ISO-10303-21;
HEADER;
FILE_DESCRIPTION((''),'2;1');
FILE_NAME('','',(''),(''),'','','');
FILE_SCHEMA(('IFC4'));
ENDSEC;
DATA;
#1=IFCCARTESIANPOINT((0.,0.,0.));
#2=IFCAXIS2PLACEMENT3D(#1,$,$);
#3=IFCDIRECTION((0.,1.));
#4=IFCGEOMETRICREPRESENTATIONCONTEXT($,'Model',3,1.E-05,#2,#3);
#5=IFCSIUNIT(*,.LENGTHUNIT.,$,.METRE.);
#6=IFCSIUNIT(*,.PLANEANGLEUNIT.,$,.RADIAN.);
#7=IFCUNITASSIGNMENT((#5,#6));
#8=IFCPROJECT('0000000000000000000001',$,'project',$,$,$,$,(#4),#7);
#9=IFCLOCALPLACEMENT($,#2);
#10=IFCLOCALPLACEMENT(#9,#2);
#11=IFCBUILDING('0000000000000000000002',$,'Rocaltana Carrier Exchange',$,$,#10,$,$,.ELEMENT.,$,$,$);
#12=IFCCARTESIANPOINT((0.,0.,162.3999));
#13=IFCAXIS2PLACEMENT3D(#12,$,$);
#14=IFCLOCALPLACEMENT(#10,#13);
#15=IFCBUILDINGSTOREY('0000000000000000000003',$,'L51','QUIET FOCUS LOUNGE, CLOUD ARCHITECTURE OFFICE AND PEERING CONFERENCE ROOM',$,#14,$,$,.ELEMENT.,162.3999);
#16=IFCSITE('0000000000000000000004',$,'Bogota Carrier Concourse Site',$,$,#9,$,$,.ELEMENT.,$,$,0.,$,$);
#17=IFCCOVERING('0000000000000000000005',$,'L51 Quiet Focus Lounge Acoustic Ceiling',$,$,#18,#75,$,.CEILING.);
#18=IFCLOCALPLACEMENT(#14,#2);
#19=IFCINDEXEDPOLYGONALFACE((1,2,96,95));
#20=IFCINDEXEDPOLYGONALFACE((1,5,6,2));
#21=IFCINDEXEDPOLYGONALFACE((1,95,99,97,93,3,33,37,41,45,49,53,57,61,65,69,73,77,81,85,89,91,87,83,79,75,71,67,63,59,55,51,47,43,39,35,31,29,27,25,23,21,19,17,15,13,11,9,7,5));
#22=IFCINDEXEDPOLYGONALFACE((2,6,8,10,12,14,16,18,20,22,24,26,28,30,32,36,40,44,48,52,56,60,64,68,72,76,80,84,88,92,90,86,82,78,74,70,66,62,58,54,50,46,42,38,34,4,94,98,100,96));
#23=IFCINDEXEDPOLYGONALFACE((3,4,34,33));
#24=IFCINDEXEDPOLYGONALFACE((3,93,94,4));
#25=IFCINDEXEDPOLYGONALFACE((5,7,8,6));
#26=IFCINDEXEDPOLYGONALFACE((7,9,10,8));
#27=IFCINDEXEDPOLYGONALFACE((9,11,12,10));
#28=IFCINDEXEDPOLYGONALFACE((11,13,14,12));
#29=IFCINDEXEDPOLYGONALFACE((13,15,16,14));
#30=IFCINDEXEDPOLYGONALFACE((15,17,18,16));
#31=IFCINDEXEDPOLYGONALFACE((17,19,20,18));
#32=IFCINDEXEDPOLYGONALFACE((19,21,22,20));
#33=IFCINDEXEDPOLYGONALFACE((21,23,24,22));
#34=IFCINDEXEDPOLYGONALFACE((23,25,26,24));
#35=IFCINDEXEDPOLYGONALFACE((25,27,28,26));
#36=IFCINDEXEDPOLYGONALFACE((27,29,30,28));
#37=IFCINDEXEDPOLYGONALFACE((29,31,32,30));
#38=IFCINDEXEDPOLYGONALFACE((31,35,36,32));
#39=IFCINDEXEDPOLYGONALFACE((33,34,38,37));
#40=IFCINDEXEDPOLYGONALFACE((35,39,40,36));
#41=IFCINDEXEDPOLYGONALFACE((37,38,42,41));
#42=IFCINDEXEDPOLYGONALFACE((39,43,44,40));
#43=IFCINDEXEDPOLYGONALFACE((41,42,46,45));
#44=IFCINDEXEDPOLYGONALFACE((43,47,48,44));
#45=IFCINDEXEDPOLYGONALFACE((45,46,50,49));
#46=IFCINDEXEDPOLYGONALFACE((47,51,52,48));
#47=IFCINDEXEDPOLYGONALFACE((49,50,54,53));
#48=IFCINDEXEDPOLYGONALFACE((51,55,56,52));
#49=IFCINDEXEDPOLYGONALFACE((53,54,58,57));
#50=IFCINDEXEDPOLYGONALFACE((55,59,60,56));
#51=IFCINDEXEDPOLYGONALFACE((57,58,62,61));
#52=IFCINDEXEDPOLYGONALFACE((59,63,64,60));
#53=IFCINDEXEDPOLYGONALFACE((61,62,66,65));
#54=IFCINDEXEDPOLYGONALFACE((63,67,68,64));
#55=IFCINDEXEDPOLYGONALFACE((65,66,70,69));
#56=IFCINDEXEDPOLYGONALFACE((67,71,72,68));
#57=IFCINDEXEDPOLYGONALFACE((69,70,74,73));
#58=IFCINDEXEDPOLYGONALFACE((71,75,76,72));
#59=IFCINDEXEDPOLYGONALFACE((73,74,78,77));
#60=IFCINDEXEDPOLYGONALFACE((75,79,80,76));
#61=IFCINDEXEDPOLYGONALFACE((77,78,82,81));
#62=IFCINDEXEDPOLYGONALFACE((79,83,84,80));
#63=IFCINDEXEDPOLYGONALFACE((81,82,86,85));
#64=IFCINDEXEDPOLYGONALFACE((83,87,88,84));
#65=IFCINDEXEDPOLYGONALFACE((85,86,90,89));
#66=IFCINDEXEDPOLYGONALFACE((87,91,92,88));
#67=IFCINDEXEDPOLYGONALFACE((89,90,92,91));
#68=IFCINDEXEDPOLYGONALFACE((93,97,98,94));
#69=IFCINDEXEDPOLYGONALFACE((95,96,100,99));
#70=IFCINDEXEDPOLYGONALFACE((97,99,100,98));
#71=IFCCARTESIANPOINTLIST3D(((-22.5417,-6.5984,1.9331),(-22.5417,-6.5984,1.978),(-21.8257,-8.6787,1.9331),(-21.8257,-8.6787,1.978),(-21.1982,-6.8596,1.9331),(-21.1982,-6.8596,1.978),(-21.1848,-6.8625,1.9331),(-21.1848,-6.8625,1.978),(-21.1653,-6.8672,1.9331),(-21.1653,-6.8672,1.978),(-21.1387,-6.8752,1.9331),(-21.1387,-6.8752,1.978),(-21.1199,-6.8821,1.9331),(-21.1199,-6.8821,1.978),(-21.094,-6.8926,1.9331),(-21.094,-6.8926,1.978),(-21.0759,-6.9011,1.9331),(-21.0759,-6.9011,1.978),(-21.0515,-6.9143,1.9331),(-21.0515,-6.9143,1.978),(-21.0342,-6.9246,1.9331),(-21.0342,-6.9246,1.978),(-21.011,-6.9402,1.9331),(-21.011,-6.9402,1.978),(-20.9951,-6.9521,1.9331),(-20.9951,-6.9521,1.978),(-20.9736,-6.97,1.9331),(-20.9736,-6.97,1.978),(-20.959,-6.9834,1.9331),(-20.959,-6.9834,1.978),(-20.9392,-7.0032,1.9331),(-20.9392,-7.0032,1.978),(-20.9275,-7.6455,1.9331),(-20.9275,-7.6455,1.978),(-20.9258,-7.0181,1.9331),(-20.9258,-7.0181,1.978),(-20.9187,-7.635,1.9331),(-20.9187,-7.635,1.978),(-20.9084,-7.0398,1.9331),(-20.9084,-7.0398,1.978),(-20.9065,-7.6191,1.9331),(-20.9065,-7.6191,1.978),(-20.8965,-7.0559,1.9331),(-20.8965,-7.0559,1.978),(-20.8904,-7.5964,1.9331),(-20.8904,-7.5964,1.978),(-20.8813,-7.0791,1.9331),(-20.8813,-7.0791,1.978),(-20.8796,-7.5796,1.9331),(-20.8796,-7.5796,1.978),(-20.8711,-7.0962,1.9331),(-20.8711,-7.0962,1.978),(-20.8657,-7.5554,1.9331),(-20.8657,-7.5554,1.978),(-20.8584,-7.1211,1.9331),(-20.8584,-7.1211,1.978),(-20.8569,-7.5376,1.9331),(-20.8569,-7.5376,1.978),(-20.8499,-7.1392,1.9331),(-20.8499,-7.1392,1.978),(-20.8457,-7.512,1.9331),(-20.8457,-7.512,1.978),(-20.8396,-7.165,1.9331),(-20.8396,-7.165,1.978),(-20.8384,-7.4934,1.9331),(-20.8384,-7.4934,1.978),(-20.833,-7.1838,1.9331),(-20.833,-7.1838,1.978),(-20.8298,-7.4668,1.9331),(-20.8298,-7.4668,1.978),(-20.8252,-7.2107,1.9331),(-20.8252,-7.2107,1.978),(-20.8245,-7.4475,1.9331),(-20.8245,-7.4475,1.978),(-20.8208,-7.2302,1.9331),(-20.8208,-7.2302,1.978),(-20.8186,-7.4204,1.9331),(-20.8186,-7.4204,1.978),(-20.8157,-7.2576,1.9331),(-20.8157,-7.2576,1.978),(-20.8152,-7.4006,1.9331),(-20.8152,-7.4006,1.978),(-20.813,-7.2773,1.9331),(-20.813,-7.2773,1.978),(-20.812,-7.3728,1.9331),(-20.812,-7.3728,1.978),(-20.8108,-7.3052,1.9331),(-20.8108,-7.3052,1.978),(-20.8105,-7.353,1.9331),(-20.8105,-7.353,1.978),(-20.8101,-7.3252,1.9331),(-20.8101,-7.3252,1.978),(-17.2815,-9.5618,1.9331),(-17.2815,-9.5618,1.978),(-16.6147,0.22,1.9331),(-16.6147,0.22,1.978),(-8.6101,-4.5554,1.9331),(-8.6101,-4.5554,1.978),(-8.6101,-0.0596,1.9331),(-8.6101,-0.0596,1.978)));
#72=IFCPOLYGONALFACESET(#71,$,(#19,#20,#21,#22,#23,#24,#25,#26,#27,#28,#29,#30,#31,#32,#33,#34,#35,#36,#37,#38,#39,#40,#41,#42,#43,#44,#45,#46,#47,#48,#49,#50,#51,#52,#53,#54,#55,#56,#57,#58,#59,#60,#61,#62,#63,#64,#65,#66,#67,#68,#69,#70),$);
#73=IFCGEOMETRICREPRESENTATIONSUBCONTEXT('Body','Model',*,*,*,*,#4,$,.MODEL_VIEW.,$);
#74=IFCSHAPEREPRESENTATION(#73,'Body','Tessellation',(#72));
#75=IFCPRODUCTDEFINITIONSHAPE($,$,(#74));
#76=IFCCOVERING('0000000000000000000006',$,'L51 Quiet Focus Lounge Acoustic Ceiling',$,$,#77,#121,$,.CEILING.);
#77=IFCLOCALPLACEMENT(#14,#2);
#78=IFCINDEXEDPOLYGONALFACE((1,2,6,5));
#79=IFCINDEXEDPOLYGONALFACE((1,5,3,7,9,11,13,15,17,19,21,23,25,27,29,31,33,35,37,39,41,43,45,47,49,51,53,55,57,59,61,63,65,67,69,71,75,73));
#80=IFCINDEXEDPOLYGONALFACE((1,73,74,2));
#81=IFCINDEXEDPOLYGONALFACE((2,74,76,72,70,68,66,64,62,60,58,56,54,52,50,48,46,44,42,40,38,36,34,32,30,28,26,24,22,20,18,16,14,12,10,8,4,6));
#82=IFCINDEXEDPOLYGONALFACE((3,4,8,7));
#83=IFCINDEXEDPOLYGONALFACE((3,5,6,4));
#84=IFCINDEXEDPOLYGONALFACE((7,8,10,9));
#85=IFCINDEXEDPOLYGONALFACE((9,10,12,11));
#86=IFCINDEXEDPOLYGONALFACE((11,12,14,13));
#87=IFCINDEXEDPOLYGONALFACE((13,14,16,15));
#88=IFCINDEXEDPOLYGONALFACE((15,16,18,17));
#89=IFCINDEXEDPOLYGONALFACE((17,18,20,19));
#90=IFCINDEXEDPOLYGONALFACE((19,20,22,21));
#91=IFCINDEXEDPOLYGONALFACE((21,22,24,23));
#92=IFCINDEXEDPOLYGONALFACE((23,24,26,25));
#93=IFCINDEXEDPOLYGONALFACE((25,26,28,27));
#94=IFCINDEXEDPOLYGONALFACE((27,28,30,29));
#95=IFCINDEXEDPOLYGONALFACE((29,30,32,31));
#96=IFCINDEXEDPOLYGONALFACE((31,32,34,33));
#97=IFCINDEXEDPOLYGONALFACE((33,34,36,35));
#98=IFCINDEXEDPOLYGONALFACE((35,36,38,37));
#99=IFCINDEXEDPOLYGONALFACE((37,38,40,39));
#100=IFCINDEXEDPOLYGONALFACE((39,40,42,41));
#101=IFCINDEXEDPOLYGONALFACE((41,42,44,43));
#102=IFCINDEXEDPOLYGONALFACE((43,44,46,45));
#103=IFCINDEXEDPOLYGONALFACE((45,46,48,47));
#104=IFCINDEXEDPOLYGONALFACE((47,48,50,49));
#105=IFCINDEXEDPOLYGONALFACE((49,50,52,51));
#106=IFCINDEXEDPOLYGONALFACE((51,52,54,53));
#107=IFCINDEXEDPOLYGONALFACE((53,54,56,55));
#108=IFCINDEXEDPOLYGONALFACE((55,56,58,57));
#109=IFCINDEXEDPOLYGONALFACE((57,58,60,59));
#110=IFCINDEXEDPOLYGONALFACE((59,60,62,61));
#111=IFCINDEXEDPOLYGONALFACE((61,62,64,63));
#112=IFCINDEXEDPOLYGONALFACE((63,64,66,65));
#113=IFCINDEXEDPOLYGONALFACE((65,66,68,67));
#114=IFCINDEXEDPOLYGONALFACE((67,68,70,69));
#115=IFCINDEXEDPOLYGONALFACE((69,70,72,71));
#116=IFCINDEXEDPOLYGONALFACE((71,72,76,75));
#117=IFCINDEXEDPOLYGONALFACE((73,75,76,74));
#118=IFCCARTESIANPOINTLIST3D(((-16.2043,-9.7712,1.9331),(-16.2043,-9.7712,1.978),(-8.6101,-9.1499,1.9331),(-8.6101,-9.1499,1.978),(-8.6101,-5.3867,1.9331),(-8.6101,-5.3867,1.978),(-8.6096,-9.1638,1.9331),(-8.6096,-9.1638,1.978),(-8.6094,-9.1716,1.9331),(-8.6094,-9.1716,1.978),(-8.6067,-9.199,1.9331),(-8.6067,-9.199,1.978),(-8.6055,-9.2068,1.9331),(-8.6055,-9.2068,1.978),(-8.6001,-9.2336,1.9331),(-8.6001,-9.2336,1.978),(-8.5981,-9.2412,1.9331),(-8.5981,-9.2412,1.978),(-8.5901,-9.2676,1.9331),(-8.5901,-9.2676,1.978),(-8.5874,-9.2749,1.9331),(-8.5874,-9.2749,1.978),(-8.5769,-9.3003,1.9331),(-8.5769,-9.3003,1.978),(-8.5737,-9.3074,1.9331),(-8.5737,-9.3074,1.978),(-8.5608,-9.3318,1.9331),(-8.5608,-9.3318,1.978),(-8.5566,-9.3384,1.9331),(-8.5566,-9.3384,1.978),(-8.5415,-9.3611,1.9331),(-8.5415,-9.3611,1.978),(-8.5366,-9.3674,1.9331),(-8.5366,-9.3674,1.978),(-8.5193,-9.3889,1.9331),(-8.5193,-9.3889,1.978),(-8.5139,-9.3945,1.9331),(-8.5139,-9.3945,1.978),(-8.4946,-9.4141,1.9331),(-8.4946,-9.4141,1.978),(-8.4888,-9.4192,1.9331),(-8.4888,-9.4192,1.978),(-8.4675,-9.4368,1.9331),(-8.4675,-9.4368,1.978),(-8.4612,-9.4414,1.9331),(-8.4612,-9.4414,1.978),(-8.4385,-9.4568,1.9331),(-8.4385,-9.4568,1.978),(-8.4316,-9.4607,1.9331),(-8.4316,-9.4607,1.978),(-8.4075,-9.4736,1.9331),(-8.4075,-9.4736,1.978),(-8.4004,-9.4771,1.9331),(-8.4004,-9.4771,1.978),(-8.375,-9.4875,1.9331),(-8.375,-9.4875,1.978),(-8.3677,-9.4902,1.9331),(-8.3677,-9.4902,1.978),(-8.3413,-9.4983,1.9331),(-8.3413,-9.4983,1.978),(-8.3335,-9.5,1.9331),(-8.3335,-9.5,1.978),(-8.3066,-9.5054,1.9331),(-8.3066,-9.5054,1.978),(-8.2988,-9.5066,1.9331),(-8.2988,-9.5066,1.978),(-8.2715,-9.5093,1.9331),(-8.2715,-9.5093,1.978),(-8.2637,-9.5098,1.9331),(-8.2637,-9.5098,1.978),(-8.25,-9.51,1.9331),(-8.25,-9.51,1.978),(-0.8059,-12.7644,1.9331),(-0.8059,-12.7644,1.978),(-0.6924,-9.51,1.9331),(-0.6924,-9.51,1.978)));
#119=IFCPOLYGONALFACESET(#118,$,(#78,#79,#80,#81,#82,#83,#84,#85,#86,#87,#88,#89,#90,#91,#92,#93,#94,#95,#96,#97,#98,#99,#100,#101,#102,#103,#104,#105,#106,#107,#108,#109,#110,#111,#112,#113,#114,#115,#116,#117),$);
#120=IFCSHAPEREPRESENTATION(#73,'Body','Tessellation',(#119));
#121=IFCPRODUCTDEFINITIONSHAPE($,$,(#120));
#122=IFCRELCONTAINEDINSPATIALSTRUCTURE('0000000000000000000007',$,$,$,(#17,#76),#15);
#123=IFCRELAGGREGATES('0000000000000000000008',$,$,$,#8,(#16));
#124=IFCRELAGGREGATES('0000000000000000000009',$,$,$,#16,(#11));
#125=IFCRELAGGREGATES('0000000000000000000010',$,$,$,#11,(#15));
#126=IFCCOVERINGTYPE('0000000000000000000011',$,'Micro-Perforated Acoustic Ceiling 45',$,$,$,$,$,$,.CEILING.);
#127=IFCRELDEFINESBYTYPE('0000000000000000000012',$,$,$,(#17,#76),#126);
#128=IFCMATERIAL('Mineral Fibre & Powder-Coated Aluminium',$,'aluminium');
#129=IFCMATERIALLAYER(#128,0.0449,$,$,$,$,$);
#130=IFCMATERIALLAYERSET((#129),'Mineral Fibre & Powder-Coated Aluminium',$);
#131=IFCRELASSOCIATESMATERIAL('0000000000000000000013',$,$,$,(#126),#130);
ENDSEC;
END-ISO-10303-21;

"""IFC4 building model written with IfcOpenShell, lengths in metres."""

from ifc_helpers import new_model, si_unit, direction, frame, origin, place, context, subcontext, project, spatial, polyline, outline, extrude, material, layer, layer_set, type_object, element, save


model = new_model("IFC4")

# Units and contexts
model_context = context("Model", 3, precision=1e-05, world=origin(), true_north=direction((0.0, 1.0)))
body_context = subcontext(model_context, "Body", "Model", "MODEL_VIEW")
ifc_project = project(units=[si_unit("LENGTHUNIT", "METRE"), si_unit("PLANEANGLEUNIT", "RADIAN")], contexts=[model_context])

# Site, building, storey
site_placement = place(None, origin())
site = spatial("IfcSite", under=ifc_project, at=site_placement, Name="Bogota Carrier Concourse Site", CompositionType="ELEMENT", RefElevation=0.0)
building_placement = place(site_placement, origin())
building = spatial("IfcBuilding", under=site, at=building_placement, Name="Rocaltana Carrier Exchange", CompositionType="ELEMENT")
storey_placement = place(building_placement, frame((0.0, 0.0, 162.3999)))
storey = spatial("IfcBuildingStorey", under=building, at=storey_placement, Name="L51", Description="QUIET FOCUS LOUNGE, CLOUD ARCHITECTURE OFFICE AND PEERING CONFERENCE ROOM", CompositionType="ELEMENT", Elevation=162.3999)

# Coverings
ifc_material_1 = material(Name="Mineral Fibre & Powder-Coated Aluminium", Category="aluminium")
ifc_layer_1 = layer(ifc_material_1, 0.0449)
ifc_layer_set_1 = layer_set([ifc_layer_1], Name="Mineral Fibre & Powder-Coated Aluminium")
covering_type_1 = type_object("IfcCoveringType", Name="Micro-Perforated Acoustic Ceiling 45", PredefinedType="CEILING", material=ifc_layer_set_1)
covering_1_placement = place(storey_placement, frame((0.0, 0.0, 1.9331)))
element("IfcCovering", 1, at=covering_1_placement, inside=storey, type_object=covering_type_1, Name="L51 Quiet Focus Lounge Acoustic Ceiling", PredefinedType="CEILING", context=body_context, shape_type="SweptSolid", body=[
    extrude(outline(polyline([(-20.9275, -7.6455), (-20.9187, -7.635), (-20.9065, -7.6191), (-20.8904, -7.5964), (-20.8796, -7.5796), (-20.8657, -7.5554), (-20.8569, -7.5376), (-20.8457, -7.512), (-20.8384, -7.4934), (-20.8298, -7.4668), (-20.8245, -7.4475), (-20.8186, -7.4204), (-20.8152, -7.4006), (-20.812, -7.3728), (-20.8105, -7.353), (-20.8101, -7.3252), (-20.8108, -7.3052), (-20.813, -7.2773), (-20.8157, -7.2576), (-20.8208, -7.2302), (-20.8252, -7.2107), (-20.833, -7.1838), (-20.8396, -7.165), (-20.8499, -7.1392), (-20.8584, -7.1211), (-20.8711, -7.0962), (-20.8813, -7.0791), (-20.8965, -7.0559), (-20.9084, -7.0398), (-20.9258, -7.0181), (-20.9392, -7.0032), (-20.959, -6.9834), (-20.9736, -6.97), (-20.9951, -6.9521), (-21.011, -6.9402), (-21.0342, -6.9246), (-21.0515, -6.9143), (-21.0759, -6.9011), (-21.094, -6.8926), (-21.1199, -6.8821), (-21.1387, -6.8752), (-21.1653, -6.8672), (-21.1848, -6.8625), (-21.1982, -6.8596), (-22.5417, -6.5984), (-16.6147, 0.22), (-8.6101, -0.0596), (-8.6101, -4.5554), (-17.2815, -9.5618), (-21.8257, -8.6787), (-20.9275, -7.6455)])), origin(), (0.0, 0.0, 1.0), 0.0449),
])
covering_2_placement = place(storey_placement, frame((0.0, 0.0, 1.9331)))
element("IfcCovering", 2, at=covering_2_placement, inside=storey, type_object=covering_type_1, Name="L51 Quiet Focus Lounge Acoustic Ceiling", PredefinedType="CEILING", context=body_context, shape_type="SweptSolid", body=[
    extrude(outline(polyline([(-16.2043, -9.7712), (-8.6101, -5.3867), (-8.6101, -9.1499), (-8.6096, -9.1638), (-8.6094, -9.1716), (-8.6067, -9.199), (-8.6055, -9.2068), (-8.6001, -9.2336), (-8.5981, -9.2412), (-8.5901, -9.2676), (-8.5874, -9.2749), (-8.5769, -9.3003), (-8.5737, -9.3074), (-8.5608, -9.3318), (-8.5566, -9.3384), (-8.5415, -9.3611), (-8.5366, -9.3674), (-8.5193, -9.3889), (-8.5139, -9.3945), (-8.4946, -9.4141), (-8.4888, -9.4192), (-8.4675, -9.4368), (-8.4612, -9.4414), (-8.4385, -9.4568), (-8.4316, -9.4607), (-8.4075, -9.4736), (-8.4004, -9.4771), (-8.375, -9.4875), (-8.3677, -9.4902), (-8.3413, -9.4983), (-8.3335, -9.5), (-8.3066, -9.5054), (-8.2988, -9.5066), (-8.2715, -9.5093), (-8.2637, -9.5098), (-8.25, -9.51), (-0.6924, -9.51), (-0.8059, -12.7644), (-16.2043, -9.7712)])), origin(), (0.0, 0.0, 1.0), 0.0449),
])

save(model, "model.ifc")
